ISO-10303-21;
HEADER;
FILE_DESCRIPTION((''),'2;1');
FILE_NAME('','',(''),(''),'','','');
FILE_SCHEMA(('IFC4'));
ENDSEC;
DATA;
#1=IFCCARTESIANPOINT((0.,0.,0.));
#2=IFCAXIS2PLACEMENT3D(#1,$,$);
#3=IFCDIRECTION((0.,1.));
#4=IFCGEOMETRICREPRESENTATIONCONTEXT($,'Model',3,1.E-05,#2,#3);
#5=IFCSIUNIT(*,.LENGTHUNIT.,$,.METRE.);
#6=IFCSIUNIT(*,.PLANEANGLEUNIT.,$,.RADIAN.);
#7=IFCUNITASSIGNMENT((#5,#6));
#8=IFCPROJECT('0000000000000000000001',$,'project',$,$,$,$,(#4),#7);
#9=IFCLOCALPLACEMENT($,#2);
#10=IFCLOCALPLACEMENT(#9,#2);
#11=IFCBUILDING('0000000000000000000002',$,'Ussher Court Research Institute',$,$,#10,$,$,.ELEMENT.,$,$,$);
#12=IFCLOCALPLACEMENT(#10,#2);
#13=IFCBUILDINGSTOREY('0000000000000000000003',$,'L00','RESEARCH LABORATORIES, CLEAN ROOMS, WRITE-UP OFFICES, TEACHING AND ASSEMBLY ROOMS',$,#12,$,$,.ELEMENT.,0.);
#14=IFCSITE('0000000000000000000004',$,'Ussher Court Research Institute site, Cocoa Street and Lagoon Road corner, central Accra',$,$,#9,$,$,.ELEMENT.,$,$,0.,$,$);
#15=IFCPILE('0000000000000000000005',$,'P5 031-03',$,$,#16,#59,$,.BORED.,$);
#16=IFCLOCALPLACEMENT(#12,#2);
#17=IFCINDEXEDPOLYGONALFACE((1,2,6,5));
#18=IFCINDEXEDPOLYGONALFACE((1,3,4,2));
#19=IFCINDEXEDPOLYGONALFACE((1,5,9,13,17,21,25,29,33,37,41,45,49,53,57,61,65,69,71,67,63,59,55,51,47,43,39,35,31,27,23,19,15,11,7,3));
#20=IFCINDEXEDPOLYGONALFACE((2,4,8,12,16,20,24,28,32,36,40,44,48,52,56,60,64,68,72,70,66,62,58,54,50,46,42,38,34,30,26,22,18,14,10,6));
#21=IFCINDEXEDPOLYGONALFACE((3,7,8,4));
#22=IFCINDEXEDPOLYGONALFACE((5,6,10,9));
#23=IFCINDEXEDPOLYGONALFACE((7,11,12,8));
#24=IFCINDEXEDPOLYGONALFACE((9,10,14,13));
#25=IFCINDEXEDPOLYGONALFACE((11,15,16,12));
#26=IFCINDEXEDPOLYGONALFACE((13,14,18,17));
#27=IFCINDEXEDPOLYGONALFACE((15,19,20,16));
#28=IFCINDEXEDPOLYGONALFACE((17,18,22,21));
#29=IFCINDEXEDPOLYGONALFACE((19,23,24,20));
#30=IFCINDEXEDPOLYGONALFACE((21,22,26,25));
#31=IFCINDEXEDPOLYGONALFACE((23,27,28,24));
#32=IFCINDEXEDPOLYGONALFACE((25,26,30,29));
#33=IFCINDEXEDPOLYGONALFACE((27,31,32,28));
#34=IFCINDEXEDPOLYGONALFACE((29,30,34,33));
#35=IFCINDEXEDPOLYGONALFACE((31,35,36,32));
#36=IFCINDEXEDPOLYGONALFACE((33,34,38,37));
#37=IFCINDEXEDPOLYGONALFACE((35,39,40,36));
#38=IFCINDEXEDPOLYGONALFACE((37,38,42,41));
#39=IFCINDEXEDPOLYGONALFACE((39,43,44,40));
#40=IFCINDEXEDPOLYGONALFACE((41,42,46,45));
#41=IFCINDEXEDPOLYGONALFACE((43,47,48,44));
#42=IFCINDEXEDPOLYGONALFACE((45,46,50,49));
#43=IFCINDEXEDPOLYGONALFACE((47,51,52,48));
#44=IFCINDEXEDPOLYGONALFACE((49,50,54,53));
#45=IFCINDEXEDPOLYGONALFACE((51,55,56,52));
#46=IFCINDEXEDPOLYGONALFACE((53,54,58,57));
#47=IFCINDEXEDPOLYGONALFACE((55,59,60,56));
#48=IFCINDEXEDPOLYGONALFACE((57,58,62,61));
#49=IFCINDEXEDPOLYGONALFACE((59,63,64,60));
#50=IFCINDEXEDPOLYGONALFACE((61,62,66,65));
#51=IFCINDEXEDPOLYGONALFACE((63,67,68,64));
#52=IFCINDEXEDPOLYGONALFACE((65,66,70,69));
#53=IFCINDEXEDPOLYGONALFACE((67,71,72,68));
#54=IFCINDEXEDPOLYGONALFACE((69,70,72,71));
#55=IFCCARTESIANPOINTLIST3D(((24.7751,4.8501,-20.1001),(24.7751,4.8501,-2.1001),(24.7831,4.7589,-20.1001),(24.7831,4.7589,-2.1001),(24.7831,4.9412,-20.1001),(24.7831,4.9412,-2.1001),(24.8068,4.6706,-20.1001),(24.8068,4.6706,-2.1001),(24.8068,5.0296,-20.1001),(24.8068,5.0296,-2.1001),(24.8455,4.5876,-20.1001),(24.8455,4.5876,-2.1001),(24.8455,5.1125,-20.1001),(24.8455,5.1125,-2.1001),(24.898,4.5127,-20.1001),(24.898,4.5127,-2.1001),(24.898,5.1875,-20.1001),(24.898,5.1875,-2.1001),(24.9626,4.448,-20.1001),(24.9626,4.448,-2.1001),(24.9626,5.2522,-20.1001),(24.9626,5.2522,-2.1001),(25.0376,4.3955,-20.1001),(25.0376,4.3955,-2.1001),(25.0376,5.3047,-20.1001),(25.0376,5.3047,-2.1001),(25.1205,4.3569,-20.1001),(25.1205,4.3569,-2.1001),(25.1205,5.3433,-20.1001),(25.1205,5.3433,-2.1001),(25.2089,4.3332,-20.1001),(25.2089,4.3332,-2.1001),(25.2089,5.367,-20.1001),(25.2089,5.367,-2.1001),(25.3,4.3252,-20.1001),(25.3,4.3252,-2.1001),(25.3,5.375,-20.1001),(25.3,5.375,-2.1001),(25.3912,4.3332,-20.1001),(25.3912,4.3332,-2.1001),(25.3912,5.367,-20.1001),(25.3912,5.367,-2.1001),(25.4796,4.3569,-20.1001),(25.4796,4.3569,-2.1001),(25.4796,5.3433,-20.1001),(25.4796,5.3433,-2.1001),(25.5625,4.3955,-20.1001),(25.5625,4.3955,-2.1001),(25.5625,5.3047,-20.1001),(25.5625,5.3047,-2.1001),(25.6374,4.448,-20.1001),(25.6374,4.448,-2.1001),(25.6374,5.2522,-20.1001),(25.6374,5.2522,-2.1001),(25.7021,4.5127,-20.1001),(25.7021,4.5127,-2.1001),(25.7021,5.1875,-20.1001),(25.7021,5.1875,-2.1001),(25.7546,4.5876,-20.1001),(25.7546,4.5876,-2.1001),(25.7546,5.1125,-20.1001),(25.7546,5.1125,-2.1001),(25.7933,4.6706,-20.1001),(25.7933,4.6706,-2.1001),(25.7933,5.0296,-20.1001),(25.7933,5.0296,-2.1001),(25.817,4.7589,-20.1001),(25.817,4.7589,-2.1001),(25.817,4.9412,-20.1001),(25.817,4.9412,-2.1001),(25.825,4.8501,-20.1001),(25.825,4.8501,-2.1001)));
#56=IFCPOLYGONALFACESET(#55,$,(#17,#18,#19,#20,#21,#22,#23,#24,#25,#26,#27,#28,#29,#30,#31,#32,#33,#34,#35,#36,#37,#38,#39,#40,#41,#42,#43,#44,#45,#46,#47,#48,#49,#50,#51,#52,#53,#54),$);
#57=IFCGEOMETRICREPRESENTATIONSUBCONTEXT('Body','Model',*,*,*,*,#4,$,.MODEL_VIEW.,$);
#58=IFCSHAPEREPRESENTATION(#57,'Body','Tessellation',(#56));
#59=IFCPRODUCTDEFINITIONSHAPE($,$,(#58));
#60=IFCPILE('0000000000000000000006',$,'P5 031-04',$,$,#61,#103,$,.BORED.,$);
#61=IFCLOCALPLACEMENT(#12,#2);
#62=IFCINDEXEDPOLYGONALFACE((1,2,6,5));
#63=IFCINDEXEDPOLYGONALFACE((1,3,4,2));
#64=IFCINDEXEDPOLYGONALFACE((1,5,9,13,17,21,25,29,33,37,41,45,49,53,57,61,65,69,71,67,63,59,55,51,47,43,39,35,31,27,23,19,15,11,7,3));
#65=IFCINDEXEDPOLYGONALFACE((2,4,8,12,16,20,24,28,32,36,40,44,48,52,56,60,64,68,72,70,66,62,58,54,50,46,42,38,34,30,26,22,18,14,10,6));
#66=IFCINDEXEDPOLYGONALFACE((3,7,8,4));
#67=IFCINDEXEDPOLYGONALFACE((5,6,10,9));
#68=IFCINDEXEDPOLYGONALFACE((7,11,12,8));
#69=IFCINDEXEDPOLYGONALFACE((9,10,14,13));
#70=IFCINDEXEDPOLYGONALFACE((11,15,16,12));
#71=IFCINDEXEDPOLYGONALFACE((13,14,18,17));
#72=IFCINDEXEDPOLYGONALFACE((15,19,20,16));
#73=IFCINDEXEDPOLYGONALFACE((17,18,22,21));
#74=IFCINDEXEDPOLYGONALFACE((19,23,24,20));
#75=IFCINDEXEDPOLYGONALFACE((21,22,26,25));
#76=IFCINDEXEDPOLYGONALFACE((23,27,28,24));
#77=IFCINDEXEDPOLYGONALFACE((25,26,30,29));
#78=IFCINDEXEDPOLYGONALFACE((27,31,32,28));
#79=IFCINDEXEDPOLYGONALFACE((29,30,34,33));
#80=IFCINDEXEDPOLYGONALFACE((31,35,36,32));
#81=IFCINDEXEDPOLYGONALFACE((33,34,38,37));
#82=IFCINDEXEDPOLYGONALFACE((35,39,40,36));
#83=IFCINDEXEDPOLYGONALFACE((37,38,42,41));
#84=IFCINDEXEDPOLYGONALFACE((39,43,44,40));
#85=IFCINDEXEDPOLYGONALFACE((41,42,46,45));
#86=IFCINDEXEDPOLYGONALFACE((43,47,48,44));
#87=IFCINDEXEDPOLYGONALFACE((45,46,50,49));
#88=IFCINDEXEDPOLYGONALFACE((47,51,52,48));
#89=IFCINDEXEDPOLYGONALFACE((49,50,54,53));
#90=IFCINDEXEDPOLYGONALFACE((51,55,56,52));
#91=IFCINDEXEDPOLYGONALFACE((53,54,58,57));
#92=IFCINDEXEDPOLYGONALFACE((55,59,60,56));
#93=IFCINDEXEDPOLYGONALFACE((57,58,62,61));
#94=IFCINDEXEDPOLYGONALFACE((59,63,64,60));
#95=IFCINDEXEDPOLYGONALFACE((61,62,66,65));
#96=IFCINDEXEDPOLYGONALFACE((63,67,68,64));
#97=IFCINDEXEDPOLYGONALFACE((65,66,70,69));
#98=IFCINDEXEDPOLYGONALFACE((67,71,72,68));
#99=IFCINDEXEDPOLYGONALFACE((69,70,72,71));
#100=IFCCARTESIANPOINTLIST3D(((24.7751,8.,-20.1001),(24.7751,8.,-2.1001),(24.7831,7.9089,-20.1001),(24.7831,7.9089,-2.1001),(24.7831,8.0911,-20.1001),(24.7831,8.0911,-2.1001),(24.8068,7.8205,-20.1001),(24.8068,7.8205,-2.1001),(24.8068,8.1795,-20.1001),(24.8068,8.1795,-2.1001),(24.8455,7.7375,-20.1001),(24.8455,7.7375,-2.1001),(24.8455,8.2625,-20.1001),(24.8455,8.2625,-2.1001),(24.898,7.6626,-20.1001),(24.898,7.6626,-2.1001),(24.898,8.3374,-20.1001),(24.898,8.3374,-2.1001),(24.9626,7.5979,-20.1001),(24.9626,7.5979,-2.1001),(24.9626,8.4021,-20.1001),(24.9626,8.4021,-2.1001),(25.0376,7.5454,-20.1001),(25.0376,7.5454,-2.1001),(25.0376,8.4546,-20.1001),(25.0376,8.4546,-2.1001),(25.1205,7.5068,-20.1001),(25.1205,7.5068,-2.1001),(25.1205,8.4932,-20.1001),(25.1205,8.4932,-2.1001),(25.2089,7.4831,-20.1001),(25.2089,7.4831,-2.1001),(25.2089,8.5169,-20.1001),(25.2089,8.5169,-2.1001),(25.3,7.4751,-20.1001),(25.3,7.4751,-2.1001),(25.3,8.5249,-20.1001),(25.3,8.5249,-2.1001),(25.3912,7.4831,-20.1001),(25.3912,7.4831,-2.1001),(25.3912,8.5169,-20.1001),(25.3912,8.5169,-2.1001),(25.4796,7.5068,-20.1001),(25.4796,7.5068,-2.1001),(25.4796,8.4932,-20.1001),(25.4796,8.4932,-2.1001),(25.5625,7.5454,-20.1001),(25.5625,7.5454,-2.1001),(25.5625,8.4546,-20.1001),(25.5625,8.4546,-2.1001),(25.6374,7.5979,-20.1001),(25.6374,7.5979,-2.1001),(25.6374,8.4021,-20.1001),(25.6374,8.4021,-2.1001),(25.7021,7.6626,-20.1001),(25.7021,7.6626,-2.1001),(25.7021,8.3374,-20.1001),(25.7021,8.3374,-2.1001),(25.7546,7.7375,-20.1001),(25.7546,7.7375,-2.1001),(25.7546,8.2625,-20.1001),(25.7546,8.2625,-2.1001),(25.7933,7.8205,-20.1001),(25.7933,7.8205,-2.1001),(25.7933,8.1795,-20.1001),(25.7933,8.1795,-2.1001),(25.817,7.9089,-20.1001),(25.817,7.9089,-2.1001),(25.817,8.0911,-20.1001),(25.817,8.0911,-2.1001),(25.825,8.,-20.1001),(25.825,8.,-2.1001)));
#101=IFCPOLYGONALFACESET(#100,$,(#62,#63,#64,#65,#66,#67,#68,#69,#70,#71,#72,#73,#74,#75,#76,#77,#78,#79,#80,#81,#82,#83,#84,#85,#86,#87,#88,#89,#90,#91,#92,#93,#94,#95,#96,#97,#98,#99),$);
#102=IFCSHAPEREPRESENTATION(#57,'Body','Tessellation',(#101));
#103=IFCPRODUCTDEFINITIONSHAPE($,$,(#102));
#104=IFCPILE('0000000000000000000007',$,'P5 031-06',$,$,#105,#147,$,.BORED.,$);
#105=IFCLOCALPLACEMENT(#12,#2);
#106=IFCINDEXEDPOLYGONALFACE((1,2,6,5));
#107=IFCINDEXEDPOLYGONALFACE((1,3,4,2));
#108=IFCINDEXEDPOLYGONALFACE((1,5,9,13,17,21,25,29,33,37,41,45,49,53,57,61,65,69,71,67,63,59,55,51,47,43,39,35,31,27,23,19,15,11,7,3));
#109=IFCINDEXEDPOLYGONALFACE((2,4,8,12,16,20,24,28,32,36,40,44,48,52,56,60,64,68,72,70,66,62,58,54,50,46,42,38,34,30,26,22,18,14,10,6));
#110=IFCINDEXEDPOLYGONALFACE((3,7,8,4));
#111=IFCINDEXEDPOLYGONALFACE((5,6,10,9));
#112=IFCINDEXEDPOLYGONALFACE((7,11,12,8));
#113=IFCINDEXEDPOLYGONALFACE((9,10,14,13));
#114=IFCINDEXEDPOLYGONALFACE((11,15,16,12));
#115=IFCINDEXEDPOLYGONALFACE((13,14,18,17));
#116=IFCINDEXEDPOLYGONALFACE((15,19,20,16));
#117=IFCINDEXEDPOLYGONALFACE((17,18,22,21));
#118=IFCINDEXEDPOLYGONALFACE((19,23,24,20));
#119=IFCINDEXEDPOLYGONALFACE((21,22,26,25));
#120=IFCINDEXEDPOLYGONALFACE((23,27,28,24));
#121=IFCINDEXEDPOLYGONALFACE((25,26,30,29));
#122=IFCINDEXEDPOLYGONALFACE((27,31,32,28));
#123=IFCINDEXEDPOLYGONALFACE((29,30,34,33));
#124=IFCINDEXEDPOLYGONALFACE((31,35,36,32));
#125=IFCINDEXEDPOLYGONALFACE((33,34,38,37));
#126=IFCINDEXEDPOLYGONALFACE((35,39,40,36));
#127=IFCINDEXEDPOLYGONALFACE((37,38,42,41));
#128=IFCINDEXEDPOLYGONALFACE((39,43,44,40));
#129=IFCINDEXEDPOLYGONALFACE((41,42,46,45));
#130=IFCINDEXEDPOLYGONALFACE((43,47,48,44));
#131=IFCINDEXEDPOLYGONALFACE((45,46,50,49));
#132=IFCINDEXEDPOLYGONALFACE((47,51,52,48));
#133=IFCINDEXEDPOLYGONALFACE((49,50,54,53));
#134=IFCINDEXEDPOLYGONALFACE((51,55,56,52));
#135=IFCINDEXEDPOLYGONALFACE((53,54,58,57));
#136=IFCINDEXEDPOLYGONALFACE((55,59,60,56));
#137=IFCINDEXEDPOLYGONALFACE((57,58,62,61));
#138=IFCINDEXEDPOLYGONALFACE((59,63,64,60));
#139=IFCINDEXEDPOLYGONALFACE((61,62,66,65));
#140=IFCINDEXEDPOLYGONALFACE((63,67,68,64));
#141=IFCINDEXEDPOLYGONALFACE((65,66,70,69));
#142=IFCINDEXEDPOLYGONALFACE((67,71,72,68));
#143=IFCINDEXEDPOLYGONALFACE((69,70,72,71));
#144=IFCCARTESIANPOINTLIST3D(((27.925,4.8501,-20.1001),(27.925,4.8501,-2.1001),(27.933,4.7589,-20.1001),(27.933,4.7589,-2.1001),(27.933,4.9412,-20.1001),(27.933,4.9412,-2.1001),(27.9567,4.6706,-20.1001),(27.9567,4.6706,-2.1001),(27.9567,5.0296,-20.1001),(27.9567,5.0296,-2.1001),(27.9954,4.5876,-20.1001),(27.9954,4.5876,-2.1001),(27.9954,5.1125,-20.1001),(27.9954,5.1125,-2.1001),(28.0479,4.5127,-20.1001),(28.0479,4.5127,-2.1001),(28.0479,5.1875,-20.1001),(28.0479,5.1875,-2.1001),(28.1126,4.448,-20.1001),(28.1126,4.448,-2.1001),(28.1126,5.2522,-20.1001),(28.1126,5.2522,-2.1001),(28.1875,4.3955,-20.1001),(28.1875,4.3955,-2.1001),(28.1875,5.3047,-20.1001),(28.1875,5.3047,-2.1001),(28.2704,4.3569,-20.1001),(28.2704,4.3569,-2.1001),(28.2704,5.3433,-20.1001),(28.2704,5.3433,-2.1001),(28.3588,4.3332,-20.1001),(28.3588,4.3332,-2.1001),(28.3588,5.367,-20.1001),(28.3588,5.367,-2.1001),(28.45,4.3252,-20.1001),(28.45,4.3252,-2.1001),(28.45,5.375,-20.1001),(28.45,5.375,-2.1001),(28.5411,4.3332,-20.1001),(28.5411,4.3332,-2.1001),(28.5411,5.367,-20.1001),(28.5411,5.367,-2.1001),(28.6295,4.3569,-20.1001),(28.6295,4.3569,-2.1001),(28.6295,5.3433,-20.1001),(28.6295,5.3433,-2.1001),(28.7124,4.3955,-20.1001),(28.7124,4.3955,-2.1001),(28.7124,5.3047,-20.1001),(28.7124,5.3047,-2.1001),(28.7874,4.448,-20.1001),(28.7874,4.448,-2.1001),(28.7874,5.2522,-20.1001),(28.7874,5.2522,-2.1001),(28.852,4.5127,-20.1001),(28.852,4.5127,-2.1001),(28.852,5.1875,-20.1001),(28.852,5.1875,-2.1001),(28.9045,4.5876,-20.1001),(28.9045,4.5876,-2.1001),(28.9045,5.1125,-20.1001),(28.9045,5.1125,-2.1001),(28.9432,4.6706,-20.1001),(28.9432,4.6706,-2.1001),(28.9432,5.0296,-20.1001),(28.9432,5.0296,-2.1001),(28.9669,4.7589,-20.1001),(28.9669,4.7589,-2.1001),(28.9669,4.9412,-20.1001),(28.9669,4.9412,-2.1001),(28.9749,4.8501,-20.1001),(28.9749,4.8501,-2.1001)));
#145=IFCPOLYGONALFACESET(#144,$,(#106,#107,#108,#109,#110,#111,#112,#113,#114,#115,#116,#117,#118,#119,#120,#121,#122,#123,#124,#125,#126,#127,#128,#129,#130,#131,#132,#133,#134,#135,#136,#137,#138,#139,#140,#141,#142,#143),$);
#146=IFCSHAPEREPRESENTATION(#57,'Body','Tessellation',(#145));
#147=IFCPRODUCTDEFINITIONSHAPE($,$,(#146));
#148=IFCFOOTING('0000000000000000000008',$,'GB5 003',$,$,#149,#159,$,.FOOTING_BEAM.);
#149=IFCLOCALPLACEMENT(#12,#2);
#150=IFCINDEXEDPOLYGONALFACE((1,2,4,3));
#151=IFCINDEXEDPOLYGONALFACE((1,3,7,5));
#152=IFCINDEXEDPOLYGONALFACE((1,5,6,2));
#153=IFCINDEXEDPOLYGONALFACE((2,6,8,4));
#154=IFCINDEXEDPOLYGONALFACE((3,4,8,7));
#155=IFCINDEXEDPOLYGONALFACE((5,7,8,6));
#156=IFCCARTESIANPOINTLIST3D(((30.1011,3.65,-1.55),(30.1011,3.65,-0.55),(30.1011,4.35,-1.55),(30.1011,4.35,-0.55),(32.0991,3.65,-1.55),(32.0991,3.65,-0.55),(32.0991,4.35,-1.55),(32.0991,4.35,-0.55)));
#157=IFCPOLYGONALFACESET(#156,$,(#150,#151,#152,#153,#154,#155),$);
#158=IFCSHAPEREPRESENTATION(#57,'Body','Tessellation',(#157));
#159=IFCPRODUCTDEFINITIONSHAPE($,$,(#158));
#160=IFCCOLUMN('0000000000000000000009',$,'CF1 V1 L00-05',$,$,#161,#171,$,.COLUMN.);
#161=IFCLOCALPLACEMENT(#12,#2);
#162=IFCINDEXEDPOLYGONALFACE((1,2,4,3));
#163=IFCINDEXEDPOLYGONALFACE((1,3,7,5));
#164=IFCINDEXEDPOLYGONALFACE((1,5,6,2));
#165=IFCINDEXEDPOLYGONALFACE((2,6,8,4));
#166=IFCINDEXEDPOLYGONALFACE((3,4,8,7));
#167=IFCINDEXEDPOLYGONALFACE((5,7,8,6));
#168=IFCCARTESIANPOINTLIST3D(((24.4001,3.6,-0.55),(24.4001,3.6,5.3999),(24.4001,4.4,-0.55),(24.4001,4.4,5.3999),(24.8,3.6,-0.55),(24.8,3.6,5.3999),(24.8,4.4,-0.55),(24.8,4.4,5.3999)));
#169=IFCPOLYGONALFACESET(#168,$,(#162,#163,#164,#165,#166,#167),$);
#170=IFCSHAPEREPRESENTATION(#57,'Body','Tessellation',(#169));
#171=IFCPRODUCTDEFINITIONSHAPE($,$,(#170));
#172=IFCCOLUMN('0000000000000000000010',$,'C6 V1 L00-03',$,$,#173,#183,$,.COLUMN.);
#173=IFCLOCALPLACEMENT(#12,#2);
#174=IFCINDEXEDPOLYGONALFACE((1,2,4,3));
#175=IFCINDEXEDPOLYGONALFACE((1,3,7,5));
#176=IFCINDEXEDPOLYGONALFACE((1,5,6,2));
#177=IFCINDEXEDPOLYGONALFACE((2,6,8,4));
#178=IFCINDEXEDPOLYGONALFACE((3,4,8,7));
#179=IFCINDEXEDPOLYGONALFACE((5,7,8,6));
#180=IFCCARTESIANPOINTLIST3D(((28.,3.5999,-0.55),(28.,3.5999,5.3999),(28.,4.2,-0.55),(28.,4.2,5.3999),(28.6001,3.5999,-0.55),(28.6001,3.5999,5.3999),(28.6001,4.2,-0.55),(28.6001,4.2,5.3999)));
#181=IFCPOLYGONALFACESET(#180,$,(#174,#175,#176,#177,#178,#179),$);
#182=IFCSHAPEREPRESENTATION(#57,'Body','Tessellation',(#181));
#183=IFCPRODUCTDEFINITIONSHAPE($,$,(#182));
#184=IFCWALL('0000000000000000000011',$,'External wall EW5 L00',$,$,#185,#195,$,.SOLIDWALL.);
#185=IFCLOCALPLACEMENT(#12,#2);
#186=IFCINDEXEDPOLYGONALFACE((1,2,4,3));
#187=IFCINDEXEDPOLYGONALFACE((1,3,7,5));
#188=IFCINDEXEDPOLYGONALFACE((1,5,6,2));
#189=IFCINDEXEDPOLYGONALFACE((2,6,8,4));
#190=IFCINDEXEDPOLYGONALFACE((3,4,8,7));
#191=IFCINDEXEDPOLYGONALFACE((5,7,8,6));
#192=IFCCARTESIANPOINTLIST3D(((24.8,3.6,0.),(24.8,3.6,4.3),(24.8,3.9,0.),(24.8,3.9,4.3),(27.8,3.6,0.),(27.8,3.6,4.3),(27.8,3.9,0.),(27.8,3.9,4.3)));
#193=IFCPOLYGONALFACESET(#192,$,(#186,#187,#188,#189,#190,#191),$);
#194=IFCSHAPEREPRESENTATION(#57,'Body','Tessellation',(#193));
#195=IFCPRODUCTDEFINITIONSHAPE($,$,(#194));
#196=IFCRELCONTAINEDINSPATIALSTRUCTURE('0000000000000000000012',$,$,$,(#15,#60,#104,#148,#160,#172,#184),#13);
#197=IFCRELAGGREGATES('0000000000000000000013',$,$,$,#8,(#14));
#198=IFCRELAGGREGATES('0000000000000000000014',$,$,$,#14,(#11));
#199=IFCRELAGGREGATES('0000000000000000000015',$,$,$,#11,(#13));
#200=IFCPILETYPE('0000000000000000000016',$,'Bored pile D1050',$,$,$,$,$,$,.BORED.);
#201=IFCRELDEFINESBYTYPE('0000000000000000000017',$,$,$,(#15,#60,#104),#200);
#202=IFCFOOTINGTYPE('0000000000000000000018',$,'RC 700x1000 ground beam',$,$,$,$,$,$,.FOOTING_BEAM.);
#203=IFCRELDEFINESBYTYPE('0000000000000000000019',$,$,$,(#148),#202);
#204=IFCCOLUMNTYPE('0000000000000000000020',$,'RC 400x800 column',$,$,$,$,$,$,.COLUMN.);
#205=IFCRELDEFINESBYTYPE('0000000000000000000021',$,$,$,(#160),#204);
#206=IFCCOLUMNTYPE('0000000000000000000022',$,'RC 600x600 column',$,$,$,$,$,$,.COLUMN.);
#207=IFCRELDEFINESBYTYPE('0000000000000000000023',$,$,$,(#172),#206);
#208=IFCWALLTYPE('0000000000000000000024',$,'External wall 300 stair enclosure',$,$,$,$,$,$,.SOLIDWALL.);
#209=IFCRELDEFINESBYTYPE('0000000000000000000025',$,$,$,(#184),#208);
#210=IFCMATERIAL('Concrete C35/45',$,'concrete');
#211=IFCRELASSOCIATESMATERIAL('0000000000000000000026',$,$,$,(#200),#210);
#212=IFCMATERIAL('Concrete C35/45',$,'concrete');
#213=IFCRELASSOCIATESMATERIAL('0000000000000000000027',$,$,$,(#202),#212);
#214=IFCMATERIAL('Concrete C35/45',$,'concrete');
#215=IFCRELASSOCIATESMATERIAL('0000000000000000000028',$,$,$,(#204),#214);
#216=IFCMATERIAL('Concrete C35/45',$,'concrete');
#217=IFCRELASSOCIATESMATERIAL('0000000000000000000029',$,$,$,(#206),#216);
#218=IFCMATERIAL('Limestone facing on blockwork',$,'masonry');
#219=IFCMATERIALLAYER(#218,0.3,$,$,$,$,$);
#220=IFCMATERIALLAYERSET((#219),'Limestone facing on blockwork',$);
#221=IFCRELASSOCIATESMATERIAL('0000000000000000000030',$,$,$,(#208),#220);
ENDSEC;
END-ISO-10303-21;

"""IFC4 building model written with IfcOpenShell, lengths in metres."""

from ifc_helpers import new_model, si_unit, direction, frame, frame_2d, origin, origin_2d, place, context, subcontext, project, spatial, rectangle, circle, extrude, material, layer, layer_set, material_profile, profile_set, type_object, element, save


model = new_model("IFC4")

# Units and contexts
model_context = context("Model", 3, precision=1e-05, world=origin(), true_north=direction((0.0, 1.0)))
body_context = subcontext(model_context, "Body", "Model", "MODEL_VIEW")
ifc_project = project(units=[si_unit("LENGTHUNIT", "METRE"), si_unit("PLANEANGLEUNIT", "RADIAN")], contexts=[model_context])

# Site, building, storey
site_placement = place(None, origin())
site = spatial("IfcSite", under=ifc_project, at=site_placement, Name="Ussher Court Research Institute site, Cocoa Street and Lagoon Road corner, central Accra", CompositionType="ELEMENT", RefElevation=0.0)
building_placement = place(site_placement, origin())
building = spatial("IfcBuilding", under=site, at=building_placement, Name="Ussher Court Research Institute", CompositionType="ELEMENT")
storey_placement = place(building_placement, origin())
storey = spatial("IfcBuildingStorey", under=building, at=storey_placement, Name="L00", Description="RESEARCH LABORATORIES, CLEAN ROOMS, WRITE-UP OFFICES, TEACHING AND ASSEMBLY ROOMS", CompositionType="ELEMENT", Elevation=0.0)

# Piles
ifc_material_1 = material(Name="Concrete C35/45", Category="concrete")
ifc_material_profile_1 = material_profile(ifc_material_1, circle(Radius=0.5249, at=origin_2d()), Name="RC D1050")
ifc_profile_set_1 = profile_set([ifc_material_profile_1], Name="Concrete C35/45")
pile_type = type_object("IfcPileType", Name="Bored pile D1050", PredefinedType="BORED", material=ifc_profile_set_1)
for number, where, z_axis, x_axis, name in (
    (1, (25.3, 4.8501, -2.1001), (0.0, 0.0, -1.0), (1.0, 0.0, 0.0), "P5 031-03"),
    (2, (25.3, 8.0, -2.1001), (0.0, 0.0, -1.0), (1.0, 0.0, 0.0), "P5 031-04"),
    (3, (28.45, 4.8501, -2.1001), (0.0, 0.0, -1.0), (1.0, 0.0, 0.0), "P5 031-06"),
):
    element("IfcPile", number, at=place(storey_placement, frame(where, z_axis=z_axis, x_axis=x_axis)), inside=storey, type_object=pile_type, Name=name, PredefinedType="BORED", context=body_context, shape_type="SweptSolid", body=[
        extrude(circle(Radius=0.5249, at=origin_2d()), origin(), (0.0, 0.0, 1.0), 18.0),
    ])

# Footing
ifc_material_2 = material(Name="Concrete C35/45", Category="concrete")
ifc_material_profile_2 = material_profile(ifc_material_2, rectangle(XDim=0.7, YDim=1.0, at=origin_2d()), Name="RC 700x1000")
ifc_profile_set_2 = profile_set([ifc_material_profile_2], Name="Concrete C35/45")
footing_type = type_object("IfcFootingType", Name="RC 700x1000 ground beam", PredefinedType="FOOTING_BEAM", material=ifc_profile_set_2)
footing_placement = place(storey_placement, frame((30.1011, 4.0, -1.05), z_axis=(1.0, 0.0, 0.0), x_axis=(0.0, 1.0, 0.0)))
element("IfcFooting", 4, at=footing_placement, inside=storey, type_object=footing_type, Name="GB5 003", PredefinedType="FOOTING_BEAM", context=body_context, shape_type="SweptSolid", body=[
    extrude(rectangle(XDim=0.7, YDim=1.0, at=origin_2d()), origin(), (0.0, 0.0, 1.0), 1.998),
])

# Columns
ifc_material_3 = material(Name="Concrete C35/45", Category="concrete")
ifc_material_profile_3 = material_profile(ifc_material_3, rectangle(XDim=0.3999, YDim=0.8, at=origin_2d()), Name="RC 400x800")
ifc_profile_set_3 = profile_set([ifc_material_profile_3], Name="Concrete C35/45")
column_type_1 = type_object("IfcColumnType", Name="RC 400x800 column", PredefinedType="COLUMN", material=ifc_profile_set_3)
column_1_placement = place(storey_placement, frame((24.6001, 4.0, -0.55), z_axis=(0.0, 0.0, 1.0), x_axis=(1.0, 0.0, 0.0)))
element("IfcColumn", 5, at=column_1_placement, inside=storey, type_object=column_type_1, Name="CF1 V1 L00-05", PredefinedType="COLUMN", context=body_context, shape_type="SweptSolid", body=[
    extrude(rectangle(XDim=0.3999, YDim=0.8, at=origin_2d()), origin(), (0.0, 0.0, 1.0), 5.95),
])
ifc_material_4 = material(Name="Concrete C35/45", Category="concrete")
ifc_material_profile_4 = material_profile(ifc_material_4, rectangle(XDim=0.6001, YDim=0.6001, at=origin_2d()), Name="RC 600x600")
ifc_profile_set_4 = profile_set([ifc_material_profile_4], Name="Concrete C35/45")
column_type_2 = type_object("IfcColumnType", Name="RC 600x600 column", PredefinedType="COLUMN", material=ifc_profile_set_4)
column_2_placement = place(storey_placement, frame((28.3, 3.8999, -0.55), z_axis=(0.0, 0.0, 1.0), x_axis=(1.0, 0.0, 0.0)))
element("IfcColumn", 6, at=column_2_placement, inside=storey, type_object=column_type_2, Name="C6 V1 L00-03", PredefinedType="COLUMN", context=body_context, shape_type="SweptSolid", body=[
    extrude(rectangle(XDim=0.6001, YDim=0.6001, at=origin_2d()), origin(), (0.0, 0.0, 1.0), 5.95),
])

# Wall
ifc_material_5 = material(Name="Limestone facing on blockwork", Category="masonry")
ifc_layer_1 = layer(ifc_material_5, 0.3)
ifc_layer_set_1 = layer_set([ifc_layer_1], Name="Limestone facing on blockwork")
wall_type_1 = type_object("IfcWallType", Name="External wall 300 stair enclosure", PredefinedType="SOLIDWALL", material=ifc_layer_set_1)
for number, where, z_axis, x_axis, name in (
    (7, (27.8, 3.75, 0.0), (0.0, 0.0, 1.0), (-1.0, 0.0, 0.0), "External wall EW5 L00"),
):
    element("IfcWall", number, at=place(storey_placement, frame(where, z_axis=z_axis, x_axis=x_axis)), inside=storey, type_object=wall_type_1, Name=name, PredefinedType="SOLIDWALL", context=body_context, shape_type="SweptSolid", body=[
        extrude(rectangle(XDim=3.0, YDim=0.3, at=frame_2d((1.5, 0.0))), origin(), (0.0, 0.0, 1.0), 4.3),
    ])

save(model, "model.ifc")
